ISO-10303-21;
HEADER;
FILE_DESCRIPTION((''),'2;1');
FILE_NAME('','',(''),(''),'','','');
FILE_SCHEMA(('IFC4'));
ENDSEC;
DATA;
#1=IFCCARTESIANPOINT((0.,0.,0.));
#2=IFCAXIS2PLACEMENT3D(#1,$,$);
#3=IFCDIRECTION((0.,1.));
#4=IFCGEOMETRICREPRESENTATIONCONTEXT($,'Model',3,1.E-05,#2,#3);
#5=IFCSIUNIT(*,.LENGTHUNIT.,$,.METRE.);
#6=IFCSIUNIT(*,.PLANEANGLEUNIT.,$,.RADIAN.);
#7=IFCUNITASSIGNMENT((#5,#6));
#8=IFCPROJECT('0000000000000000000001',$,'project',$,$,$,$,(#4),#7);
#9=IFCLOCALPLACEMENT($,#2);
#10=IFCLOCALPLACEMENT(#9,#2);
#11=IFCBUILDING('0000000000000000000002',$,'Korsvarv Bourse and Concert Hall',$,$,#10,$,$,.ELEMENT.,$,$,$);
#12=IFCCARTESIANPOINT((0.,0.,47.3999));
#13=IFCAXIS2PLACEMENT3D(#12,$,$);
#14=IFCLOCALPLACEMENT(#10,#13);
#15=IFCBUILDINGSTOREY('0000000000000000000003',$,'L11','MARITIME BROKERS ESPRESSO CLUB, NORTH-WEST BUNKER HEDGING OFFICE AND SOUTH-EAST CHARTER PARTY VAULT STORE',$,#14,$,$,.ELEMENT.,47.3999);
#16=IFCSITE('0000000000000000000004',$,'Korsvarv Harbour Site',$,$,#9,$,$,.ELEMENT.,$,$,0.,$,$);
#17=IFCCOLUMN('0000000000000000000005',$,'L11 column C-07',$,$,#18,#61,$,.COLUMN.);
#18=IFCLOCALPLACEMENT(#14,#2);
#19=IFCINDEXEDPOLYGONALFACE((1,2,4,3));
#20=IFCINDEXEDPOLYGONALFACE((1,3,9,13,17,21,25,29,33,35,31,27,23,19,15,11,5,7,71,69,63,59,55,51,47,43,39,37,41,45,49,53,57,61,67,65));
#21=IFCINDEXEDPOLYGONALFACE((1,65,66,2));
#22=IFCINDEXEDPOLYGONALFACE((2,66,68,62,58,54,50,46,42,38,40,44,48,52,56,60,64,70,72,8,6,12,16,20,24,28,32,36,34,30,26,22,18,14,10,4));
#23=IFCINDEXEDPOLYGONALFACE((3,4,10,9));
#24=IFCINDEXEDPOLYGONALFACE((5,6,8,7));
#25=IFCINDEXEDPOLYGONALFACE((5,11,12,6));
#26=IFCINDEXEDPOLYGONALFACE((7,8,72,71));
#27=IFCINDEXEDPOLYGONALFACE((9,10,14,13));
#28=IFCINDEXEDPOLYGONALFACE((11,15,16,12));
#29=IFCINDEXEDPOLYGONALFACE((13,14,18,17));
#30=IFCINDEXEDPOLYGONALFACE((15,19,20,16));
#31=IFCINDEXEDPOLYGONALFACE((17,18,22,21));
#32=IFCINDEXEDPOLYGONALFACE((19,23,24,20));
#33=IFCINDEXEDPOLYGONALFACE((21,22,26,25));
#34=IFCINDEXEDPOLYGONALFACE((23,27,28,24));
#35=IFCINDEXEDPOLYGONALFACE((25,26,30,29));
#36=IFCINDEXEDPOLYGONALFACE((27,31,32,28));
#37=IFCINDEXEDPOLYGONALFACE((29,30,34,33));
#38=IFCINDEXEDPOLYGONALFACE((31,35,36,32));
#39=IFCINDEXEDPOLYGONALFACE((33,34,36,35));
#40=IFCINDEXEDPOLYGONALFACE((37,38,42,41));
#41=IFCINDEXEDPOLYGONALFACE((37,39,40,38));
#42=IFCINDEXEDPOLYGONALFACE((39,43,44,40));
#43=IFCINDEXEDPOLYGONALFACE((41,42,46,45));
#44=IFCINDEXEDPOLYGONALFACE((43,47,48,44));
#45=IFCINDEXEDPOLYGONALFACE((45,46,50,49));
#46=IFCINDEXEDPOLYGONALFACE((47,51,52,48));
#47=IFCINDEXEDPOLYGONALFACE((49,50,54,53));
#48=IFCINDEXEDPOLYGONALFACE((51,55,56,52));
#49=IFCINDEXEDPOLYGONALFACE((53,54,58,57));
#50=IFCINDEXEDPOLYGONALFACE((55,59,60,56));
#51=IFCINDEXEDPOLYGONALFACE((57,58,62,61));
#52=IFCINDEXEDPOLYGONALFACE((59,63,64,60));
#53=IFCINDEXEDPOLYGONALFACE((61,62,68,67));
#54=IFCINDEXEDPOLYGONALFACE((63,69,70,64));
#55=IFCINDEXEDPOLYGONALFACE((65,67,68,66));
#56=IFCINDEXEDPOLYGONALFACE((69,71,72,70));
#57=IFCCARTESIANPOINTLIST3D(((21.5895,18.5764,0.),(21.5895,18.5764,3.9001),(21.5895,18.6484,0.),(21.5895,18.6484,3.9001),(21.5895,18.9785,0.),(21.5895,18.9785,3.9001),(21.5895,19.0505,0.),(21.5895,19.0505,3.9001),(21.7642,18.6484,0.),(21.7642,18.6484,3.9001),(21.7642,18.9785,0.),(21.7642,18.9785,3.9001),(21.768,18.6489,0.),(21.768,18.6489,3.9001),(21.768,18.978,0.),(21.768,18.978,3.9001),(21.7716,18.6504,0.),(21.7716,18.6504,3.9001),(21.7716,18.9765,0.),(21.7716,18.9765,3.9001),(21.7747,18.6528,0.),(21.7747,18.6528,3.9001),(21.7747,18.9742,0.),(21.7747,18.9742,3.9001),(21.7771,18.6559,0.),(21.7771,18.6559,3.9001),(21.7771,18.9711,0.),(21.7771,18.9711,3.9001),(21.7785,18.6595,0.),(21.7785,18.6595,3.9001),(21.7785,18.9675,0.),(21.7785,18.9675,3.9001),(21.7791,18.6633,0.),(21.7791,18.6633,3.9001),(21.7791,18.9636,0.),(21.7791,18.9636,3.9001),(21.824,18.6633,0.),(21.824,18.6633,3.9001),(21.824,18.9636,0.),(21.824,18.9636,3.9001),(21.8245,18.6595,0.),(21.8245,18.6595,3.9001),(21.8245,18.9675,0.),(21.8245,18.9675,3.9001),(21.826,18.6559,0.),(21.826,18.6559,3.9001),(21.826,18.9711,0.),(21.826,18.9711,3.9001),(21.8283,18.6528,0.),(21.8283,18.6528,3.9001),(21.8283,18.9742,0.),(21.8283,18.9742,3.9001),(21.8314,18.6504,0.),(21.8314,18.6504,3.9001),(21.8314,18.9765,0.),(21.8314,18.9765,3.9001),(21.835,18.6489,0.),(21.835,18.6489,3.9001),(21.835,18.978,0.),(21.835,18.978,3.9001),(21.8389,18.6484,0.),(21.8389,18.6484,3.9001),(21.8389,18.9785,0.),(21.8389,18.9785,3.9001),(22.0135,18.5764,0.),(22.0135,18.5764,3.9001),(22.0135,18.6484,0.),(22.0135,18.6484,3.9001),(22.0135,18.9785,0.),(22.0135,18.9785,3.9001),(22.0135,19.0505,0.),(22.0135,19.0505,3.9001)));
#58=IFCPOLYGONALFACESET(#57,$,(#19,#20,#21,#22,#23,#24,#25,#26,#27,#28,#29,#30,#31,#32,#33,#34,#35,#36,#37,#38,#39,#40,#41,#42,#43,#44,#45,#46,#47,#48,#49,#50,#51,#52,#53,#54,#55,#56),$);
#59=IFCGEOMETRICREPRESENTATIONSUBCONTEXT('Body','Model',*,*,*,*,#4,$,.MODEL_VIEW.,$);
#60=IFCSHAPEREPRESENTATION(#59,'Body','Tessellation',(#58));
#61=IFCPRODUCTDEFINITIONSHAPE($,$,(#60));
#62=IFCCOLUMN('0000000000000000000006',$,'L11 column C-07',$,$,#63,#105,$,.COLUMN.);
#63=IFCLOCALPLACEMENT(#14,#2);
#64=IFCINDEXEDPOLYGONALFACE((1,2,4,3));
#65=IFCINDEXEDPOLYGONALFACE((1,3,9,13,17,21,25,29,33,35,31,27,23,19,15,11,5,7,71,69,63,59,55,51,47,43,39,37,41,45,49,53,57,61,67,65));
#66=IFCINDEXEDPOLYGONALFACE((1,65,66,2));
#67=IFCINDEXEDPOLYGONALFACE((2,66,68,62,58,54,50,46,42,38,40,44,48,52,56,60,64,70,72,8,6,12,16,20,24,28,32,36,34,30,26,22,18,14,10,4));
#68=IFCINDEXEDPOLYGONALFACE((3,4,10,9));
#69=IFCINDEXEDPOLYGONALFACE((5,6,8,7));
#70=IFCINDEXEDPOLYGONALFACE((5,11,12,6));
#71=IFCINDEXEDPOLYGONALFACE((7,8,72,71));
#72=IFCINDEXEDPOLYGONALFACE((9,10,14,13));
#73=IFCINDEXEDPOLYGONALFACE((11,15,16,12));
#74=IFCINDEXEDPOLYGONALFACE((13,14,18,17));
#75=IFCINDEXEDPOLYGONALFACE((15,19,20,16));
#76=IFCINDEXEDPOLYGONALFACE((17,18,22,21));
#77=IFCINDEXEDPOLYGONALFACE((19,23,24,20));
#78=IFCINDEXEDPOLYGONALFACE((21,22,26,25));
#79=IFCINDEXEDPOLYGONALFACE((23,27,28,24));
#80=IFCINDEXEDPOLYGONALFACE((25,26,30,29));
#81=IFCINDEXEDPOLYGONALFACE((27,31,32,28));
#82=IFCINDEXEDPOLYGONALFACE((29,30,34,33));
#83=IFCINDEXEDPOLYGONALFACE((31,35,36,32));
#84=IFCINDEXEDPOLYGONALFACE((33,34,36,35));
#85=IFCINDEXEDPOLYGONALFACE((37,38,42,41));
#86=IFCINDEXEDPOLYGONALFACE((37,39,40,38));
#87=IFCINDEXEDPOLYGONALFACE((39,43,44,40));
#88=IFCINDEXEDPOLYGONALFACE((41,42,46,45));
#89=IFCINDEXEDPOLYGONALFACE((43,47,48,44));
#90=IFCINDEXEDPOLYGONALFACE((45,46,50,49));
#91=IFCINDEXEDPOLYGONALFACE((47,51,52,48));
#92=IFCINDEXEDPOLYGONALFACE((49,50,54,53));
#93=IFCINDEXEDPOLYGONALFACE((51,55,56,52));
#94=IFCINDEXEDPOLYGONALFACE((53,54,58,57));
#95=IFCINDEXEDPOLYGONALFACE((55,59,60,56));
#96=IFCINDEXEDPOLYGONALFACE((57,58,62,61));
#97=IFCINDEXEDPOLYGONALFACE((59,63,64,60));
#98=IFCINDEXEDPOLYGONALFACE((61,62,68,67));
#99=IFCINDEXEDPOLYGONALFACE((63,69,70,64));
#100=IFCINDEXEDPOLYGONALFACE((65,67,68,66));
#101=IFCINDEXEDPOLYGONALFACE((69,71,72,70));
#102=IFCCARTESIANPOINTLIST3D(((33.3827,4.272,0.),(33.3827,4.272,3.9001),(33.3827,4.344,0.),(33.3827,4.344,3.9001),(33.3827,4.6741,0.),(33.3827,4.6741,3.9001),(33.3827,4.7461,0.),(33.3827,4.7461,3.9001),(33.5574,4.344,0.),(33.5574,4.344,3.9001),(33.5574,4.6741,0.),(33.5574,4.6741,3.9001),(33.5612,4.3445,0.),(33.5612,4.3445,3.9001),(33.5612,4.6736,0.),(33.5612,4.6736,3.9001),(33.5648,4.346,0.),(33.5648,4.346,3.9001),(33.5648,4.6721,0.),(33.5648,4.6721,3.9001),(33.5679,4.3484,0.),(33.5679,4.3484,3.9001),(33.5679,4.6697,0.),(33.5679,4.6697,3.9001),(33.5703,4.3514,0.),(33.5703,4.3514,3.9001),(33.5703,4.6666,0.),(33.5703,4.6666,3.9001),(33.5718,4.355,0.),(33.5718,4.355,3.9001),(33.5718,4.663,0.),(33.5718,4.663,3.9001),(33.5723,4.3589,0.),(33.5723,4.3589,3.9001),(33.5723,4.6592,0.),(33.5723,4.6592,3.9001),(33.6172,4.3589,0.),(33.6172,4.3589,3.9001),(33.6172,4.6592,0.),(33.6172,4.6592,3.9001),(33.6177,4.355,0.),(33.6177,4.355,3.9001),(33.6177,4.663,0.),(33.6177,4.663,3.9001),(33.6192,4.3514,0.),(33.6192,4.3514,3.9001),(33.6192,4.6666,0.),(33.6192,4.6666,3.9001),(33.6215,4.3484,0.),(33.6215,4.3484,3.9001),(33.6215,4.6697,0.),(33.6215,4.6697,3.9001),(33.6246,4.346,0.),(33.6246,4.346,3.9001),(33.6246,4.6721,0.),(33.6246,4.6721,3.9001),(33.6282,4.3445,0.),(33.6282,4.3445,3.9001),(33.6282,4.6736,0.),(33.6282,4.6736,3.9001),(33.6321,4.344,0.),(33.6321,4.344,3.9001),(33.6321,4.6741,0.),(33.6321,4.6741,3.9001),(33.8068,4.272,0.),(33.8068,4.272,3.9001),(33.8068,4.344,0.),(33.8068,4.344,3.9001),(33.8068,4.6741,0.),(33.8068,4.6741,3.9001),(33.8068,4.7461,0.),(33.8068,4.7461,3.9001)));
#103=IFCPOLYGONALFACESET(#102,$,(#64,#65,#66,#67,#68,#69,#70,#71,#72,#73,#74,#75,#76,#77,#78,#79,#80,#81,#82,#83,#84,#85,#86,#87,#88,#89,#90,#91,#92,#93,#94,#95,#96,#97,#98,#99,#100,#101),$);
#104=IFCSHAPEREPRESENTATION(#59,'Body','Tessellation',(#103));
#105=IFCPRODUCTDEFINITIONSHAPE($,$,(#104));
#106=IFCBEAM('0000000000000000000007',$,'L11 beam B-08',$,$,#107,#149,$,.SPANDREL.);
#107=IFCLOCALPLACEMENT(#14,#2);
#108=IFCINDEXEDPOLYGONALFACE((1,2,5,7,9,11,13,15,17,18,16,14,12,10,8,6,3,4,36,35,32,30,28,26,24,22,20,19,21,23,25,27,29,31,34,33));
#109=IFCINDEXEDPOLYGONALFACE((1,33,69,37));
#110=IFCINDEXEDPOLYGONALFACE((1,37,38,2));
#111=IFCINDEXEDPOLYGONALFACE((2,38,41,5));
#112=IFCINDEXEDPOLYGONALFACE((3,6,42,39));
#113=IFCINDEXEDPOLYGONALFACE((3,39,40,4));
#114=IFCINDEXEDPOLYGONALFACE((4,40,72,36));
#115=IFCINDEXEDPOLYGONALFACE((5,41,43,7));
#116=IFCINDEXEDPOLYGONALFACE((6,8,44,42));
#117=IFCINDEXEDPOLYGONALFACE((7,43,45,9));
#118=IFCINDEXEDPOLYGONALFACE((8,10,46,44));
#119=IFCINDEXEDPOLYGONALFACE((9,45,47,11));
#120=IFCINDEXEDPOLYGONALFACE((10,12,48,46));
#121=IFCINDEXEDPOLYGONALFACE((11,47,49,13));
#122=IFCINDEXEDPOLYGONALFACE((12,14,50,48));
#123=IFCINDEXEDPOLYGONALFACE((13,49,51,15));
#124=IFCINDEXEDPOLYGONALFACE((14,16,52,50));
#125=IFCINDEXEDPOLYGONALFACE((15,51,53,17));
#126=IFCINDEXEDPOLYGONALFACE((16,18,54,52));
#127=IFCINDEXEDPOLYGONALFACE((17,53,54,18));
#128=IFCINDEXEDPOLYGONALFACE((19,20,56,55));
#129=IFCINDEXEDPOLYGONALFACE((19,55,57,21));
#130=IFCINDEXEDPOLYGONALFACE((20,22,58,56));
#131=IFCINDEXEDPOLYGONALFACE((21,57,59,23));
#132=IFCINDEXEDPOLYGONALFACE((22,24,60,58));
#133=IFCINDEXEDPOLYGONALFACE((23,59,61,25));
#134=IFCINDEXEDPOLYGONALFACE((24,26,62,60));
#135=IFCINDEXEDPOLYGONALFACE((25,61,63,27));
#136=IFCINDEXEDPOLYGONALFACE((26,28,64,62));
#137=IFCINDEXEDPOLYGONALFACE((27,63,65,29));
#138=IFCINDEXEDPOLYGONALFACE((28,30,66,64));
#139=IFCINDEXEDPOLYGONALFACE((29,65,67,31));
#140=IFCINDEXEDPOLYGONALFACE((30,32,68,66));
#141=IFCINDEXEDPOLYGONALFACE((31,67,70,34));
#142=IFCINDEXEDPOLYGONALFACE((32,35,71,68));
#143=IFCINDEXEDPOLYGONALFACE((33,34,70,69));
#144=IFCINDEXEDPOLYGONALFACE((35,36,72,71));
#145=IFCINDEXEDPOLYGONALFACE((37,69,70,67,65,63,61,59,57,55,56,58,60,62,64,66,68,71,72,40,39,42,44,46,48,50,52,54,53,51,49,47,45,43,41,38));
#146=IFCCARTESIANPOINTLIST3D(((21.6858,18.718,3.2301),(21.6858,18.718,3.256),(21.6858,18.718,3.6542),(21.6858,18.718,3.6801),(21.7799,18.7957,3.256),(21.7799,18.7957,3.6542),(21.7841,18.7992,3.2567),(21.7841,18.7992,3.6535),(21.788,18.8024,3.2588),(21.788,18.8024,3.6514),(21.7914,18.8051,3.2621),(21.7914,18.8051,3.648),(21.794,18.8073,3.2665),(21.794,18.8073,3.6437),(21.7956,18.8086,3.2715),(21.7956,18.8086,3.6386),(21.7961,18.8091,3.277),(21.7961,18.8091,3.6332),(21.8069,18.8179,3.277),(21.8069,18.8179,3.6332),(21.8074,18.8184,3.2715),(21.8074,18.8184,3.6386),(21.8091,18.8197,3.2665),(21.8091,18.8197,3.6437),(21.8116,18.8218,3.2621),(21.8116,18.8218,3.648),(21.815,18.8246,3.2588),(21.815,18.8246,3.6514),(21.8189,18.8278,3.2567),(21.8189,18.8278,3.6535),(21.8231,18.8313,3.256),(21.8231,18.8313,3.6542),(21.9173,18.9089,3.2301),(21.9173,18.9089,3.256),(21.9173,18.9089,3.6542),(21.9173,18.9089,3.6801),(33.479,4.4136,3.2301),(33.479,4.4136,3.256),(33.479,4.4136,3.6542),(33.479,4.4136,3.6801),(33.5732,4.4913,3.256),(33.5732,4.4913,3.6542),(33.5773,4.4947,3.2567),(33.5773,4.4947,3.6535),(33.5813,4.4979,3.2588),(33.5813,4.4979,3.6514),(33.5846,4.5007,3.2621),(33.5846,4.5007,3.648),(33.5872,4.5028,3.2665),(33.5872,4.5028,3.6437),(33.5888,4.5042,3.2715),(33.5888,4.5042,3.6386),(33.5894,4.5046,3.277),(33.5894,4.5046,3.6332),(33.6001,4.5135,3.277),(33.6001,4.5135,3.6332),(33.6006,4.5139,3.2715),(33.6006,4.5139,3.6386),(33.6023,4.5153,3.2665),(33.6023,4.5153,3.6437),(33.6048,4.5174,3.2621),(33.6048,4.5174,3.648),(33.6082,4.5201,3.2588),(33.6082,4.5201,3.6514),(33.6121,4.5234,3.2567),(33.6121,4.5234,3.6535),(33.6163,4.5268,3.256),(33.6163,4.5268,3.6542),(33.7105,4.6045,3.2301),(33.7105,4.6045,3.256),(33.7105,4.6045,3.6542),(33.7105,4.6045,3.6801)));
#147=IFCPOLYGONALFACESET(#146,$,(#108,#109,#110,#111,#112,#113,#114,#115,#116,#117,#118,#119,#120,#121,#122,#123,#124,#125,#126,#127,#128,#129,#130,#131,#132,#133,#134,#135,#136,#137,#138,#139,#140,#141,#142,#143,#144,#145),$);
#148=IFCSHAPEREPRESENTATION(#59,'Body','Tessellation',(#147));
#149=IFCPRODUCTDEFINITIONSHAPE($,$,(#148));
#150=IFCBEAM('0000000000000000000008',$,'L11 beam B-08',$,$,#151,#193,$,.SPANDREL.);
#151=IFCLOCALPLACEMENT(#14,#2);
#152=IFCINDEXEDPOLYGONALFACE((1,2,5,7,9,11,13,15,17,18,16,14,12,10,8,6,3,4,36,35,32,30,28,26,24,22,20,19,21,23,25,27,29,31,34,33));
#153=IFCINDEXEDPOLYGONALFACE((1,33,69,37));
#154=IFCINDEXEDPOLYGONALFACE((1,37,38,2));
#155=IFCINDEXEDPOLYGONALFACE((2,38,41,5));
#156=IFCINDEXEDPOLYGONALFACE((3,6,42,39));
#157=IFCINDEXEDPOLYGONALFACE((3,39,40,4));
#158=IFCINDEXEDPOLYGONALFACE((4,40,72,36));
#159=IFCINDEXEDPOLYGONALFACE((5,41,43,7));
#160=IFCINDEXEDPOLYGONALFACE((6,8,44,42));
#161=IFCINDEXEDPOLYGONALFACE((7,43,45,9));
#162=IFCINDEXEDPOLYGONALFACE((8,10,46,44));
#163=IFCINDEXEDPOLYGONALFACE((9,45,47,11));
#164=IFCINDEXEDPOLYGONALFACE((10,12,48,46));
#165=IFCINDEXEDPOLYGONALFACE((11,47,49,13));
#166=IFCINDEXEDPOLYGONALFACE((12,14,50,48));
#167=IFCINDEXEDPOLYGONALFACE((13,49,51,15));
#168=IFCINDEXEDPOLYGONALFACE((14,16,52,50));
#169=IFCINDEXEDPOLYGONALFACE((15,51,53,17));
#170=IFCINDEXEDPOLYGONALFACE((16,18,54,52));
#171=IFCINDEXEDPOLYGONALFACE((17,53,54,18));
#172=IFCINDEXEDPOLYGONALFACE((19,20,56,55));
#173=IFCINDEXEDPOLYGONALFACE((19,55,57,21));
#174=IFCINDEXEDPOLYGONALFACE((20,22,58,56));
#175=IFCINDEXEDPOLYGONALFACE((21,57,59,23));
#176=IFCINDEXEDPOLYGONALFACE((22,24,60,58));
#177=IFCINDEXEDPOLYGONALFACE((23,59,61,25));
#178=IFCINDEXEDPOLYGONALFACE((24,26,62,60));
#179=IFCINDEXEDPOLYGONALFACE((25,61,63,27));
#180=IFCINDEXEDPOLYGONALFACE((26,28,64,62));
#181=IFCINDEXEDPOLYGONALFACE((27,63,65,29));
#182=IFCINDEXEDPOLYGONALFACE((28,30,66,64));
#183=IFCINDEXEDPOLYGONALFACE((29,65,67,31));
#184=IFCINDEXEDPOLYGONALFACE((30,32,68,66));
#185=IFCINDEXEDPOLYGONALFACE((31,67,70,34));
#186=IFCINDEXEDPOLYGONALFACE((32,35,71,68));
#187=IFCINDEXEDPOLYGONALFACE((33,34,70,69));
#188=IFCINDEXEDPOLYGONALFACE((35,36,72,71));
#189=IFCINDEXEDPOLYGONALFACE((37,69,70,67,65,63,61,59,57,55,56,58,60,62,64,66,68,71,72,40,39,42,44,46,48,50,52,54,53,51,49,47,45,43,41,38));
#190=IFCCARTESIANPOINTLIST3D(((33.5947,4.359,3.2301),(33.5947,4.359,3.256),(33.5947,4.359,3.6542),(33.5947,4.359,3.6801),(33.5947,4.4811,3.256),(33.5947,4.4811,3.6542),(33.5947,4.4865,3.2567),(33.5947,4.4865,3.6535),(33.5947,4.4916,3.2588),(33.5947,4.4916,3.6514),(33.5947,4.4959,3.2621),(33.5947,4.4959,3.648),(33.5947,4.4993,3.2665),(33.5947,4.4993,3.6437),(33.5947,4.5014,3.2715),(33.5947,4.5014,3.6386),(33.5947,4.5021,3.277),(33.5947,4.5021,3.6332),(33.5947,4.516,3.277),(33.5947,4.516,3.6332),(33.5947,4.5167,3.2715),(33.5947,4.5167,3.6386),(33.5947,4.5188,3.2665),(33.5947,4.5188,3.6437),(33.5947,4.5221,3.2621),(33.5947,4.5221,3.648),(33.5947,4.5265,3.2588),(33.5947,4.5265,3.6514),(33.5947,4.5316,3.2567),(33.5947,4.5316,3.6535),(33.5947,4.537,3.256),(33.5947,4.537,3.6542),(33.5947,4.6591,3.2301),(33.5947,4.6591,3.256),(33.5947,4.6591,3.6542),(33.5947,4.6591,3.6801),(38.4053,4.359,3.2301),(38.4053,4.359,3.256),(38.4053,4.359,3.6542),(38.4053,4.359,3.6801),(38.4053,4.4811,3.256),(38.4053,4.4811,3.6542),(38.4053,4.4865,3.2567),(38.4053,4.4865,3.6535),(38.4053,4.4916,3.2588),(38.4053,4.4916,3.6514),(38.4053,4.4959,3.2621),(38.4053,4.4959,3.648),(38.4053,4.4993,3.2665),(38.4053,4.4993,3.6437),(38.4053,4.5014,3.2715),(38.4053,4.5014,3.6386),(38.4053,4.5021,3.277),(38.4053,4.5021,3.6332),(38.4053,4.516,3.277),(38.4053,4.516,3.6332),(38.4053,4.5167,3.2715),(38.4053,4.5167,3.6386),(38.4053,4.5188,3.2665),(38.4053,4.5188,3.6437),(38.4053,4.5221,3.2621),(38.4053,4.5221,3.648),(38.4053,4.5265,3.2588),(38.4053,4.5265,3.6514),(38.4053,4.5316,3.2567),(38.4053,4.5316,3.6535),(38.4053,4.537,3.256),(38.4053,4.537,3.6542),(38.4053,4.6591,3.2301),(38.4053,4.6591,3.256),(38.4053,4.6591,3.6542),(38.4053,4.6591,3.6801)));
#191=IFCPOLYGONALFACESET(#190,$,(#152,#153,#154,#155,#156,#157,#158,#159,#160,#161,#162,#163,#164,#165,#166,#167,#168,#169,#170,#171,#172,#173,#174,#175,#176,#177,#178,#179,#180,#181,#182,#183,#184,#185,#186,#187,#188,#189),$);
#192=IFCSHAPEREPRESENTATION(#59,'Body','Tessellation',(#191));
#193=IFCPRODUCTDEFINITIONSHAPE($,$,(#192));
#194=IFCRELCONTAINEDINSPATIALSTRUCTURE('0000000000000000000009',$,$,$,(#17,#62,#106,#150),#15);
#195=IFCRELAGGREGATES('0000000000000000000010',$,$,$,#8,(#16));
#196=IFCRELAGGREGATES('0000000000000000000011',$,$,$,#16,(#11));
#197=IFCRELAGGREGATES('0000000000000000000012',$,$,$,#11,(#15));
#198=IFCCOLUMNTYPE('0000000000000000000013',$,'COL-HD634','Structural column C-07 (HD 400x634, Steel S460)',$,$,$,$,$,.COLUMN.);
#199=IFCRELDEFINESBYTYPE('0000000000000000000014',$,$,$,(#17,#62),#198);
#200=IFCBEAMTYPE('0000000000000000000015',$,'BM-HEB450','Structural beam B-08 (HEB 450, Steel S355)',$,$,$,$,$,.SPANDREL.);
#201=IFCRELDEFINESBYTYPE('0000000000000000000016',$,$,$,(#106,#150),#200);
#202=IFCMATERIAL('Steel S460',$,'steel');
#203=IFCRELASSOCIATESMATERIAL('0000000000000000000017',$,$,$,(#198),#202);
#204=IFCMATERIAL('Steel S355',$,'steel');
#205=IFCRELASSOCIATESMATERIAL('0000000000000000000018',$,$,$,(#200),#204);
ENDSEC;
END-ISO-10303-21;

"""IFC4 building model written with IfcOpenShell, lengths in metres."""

from ifc_helpers import new_model, si_unit, direction, frame, origin, origin_2d, place, context, subcontext, project, spatial, i_section, extrude, source, transform, mapped, material, material_profile, profile_set, type_object, element, save


model = new_model("IFC4")

# Units and contexts
model_context = context("Model", 3, precision=1e-05, world=origin(), true_north=direction((0.0, 1.0)))
body_context = subcontext(model_context, "Body", "Model", "MODEL_VIEW")
ifc_project = project(units=[si_unit("LENGTHUNIT", "METRE"), si_unit("PLANEANGLEUNIT", "RADIAN")], contexts=[model_context])

# Site, building, storey
site_placement = place(None, origin())
site = spatial("IfcSite", under=ifc_project, at=site_placement, Name="Korsvarv Harbour Site", CompositionType="ELEMENT", RefElevation=0.0)
building_placement = place(site_placement, origin())
building = spatial("IfcBuilding", under=site, at=building_placement, Name="Korsvarv Bourse and Concert Hall", CompositionType="ELEMENT")
storey_placement = place(building_placement, frame((0.0, 0.0, 47.3999)))
storey = spatial("IfcBuildingStorey", under=building, at=storey_placement, Name="L11", Description="MARITIME BROKERS ESPRESSO CLUB, NORTH-WEST BUNKER HEDGING OFFICE AND SOUTH-EAST CHARTER PARTY VAULT STORE", CompositionType="ELEMENT", Elevation=47.3999)

# Columns
ifc_material_1 = material(Name="Steel S460", Category="steel")
ifc_material_profile_1 = material_profile(ifc_material_1, i_section(OverallWidth=0.4241, OverallDepth=0.4741, WebThickness=0.0449, FlangeThickness=0.072, FilletRadius=0.0149, at=origin_2d()), Name="HD 400x634")
ifc_profile_set_1 = profile_set([ifc_material_profile_1], Name="Steel S460")
column_type = type_object("IfcColumnType", Name="COL-HD634", Description="Structural column C-07 (HD 400x634, Steel S460)", PredefinedType="COLUMN", material=ifc_profile_set_1)
shared_shape_1 = source(origin(), body_context, "Body", "SweptSolid", [
    extrude(i_section(OverallWidth=0.4241, OverallDepth=0.4741, WebThickness=0.0449, FlangeThickness=0.072, FilletRadius=0.0149, at=origin_2d()), origin(), (0.0, 0.0, 1.0), 3.9001),
])
for number, where, z_axis, x_axis, name in (
    (1, (21.8015, 18.8135, 0.0), (0.0, 0.0, 1.0), (1.0, 0.0, 0.0), "L11 column C-07"),
    (2, (33.5947, 4.509, 0.0), (0.0, 0.0, 1.0), (1.0, 0.0, 0.0), "L11 column C-07"),
):
    element("IfcColumn", number, at=place(storey_placement, frame(where, z_axis=z_axis, x_axis=x_axis)), inside=storey, type_object=column_type, Name=name, PredefinedType="COLUMN", context=body_context, shape_type="MappedRepresentation", body=[
        mapped(shared_shape_1, transform((0.0, 0.0, 0.0), scale=1.0)),
    ])

# Beams
ifc_material_2 = material(Name="Steel S355", Category="steel")
ifc_material_profile_2 = material_profile(ifc_material_2, i_section(OverallWidth=0.3, OverallDepth=0.45, WebThickness=0.0139, FlangeThickness=0.0259, FilletRadius=0.021, at=origin_2d()), Name="HEB 450")
ifc_profile_set_2 = profile_set([ifc_material_profile_2], Name="Steel S355")
beam_type_1 = type_object("IfcBeamType", Name="BM-HEB450", Description="Structural beam B-08 (HEB 450, Steel S355)", PredefinedType="SPANDREL", material=ifc_profile_set_2)
shared_shape_2 = source(origin(), body_context, "Body", "SweptSolid", [
    extrude(i_section(OverallWidth=0.3, OverallDepth=0.45, WebThickness=0.0139, FlangeThickness=0.0259, FilletRadius=0.021, at=origin_2d()), origin(), (0.0, 0.0, 1.0), 18.5391),
])
beam_1_placement = place(storey_placement, frame((21.8015, 18.8135, 3.4551), z_axis=(0.636128, -0.771584, 0.0), x_axis=(0.771584, 0.636128, 0.0)))
element("IfcBeam", 3, at=beam_1_placement, inside=storey, type_object=beam_type_1, Name="L11 beam B-08", PredefinedType="SPANDREL", context=body_context, shape_type="MappedRepresentation", body=[
    mapped(shared_shape_2, transform((0.0, 0.0, 0.0), scale=1.0)),
])
shared_shape_3 = source(origin(), body_context, "Body", "SweptSolid", [
    extrude(i_section(OverallWidth=0.3, OverallDepth=0.45, WebThickness=0.0139, FlangeThickness=0.0259, FilletRadius=0.021, at=origin_2d()), origin(), (0.0, 0.0, 1.0), 4.8105),
])
beam_2_placement = place(storey_placement, frame((33.5947, 4.509, 3.4551), z_axis=(1.0, 0.0, 0.0), x_axis=(0.0, 1.0, 0.0)))
element("IfcBeam", 4, at=beam_2_placement, inside=storey, type_object=beam_type_1, Name="L11 beam B-08", PredefinedType="SPANDREL", context=body_context, shape_type="MappedRepresentation", body=[
    mapped(shared_shape_3, transform((0.0, 0.0, 0.0), scale=1.0)),
])

save(model, "model.ifc")
